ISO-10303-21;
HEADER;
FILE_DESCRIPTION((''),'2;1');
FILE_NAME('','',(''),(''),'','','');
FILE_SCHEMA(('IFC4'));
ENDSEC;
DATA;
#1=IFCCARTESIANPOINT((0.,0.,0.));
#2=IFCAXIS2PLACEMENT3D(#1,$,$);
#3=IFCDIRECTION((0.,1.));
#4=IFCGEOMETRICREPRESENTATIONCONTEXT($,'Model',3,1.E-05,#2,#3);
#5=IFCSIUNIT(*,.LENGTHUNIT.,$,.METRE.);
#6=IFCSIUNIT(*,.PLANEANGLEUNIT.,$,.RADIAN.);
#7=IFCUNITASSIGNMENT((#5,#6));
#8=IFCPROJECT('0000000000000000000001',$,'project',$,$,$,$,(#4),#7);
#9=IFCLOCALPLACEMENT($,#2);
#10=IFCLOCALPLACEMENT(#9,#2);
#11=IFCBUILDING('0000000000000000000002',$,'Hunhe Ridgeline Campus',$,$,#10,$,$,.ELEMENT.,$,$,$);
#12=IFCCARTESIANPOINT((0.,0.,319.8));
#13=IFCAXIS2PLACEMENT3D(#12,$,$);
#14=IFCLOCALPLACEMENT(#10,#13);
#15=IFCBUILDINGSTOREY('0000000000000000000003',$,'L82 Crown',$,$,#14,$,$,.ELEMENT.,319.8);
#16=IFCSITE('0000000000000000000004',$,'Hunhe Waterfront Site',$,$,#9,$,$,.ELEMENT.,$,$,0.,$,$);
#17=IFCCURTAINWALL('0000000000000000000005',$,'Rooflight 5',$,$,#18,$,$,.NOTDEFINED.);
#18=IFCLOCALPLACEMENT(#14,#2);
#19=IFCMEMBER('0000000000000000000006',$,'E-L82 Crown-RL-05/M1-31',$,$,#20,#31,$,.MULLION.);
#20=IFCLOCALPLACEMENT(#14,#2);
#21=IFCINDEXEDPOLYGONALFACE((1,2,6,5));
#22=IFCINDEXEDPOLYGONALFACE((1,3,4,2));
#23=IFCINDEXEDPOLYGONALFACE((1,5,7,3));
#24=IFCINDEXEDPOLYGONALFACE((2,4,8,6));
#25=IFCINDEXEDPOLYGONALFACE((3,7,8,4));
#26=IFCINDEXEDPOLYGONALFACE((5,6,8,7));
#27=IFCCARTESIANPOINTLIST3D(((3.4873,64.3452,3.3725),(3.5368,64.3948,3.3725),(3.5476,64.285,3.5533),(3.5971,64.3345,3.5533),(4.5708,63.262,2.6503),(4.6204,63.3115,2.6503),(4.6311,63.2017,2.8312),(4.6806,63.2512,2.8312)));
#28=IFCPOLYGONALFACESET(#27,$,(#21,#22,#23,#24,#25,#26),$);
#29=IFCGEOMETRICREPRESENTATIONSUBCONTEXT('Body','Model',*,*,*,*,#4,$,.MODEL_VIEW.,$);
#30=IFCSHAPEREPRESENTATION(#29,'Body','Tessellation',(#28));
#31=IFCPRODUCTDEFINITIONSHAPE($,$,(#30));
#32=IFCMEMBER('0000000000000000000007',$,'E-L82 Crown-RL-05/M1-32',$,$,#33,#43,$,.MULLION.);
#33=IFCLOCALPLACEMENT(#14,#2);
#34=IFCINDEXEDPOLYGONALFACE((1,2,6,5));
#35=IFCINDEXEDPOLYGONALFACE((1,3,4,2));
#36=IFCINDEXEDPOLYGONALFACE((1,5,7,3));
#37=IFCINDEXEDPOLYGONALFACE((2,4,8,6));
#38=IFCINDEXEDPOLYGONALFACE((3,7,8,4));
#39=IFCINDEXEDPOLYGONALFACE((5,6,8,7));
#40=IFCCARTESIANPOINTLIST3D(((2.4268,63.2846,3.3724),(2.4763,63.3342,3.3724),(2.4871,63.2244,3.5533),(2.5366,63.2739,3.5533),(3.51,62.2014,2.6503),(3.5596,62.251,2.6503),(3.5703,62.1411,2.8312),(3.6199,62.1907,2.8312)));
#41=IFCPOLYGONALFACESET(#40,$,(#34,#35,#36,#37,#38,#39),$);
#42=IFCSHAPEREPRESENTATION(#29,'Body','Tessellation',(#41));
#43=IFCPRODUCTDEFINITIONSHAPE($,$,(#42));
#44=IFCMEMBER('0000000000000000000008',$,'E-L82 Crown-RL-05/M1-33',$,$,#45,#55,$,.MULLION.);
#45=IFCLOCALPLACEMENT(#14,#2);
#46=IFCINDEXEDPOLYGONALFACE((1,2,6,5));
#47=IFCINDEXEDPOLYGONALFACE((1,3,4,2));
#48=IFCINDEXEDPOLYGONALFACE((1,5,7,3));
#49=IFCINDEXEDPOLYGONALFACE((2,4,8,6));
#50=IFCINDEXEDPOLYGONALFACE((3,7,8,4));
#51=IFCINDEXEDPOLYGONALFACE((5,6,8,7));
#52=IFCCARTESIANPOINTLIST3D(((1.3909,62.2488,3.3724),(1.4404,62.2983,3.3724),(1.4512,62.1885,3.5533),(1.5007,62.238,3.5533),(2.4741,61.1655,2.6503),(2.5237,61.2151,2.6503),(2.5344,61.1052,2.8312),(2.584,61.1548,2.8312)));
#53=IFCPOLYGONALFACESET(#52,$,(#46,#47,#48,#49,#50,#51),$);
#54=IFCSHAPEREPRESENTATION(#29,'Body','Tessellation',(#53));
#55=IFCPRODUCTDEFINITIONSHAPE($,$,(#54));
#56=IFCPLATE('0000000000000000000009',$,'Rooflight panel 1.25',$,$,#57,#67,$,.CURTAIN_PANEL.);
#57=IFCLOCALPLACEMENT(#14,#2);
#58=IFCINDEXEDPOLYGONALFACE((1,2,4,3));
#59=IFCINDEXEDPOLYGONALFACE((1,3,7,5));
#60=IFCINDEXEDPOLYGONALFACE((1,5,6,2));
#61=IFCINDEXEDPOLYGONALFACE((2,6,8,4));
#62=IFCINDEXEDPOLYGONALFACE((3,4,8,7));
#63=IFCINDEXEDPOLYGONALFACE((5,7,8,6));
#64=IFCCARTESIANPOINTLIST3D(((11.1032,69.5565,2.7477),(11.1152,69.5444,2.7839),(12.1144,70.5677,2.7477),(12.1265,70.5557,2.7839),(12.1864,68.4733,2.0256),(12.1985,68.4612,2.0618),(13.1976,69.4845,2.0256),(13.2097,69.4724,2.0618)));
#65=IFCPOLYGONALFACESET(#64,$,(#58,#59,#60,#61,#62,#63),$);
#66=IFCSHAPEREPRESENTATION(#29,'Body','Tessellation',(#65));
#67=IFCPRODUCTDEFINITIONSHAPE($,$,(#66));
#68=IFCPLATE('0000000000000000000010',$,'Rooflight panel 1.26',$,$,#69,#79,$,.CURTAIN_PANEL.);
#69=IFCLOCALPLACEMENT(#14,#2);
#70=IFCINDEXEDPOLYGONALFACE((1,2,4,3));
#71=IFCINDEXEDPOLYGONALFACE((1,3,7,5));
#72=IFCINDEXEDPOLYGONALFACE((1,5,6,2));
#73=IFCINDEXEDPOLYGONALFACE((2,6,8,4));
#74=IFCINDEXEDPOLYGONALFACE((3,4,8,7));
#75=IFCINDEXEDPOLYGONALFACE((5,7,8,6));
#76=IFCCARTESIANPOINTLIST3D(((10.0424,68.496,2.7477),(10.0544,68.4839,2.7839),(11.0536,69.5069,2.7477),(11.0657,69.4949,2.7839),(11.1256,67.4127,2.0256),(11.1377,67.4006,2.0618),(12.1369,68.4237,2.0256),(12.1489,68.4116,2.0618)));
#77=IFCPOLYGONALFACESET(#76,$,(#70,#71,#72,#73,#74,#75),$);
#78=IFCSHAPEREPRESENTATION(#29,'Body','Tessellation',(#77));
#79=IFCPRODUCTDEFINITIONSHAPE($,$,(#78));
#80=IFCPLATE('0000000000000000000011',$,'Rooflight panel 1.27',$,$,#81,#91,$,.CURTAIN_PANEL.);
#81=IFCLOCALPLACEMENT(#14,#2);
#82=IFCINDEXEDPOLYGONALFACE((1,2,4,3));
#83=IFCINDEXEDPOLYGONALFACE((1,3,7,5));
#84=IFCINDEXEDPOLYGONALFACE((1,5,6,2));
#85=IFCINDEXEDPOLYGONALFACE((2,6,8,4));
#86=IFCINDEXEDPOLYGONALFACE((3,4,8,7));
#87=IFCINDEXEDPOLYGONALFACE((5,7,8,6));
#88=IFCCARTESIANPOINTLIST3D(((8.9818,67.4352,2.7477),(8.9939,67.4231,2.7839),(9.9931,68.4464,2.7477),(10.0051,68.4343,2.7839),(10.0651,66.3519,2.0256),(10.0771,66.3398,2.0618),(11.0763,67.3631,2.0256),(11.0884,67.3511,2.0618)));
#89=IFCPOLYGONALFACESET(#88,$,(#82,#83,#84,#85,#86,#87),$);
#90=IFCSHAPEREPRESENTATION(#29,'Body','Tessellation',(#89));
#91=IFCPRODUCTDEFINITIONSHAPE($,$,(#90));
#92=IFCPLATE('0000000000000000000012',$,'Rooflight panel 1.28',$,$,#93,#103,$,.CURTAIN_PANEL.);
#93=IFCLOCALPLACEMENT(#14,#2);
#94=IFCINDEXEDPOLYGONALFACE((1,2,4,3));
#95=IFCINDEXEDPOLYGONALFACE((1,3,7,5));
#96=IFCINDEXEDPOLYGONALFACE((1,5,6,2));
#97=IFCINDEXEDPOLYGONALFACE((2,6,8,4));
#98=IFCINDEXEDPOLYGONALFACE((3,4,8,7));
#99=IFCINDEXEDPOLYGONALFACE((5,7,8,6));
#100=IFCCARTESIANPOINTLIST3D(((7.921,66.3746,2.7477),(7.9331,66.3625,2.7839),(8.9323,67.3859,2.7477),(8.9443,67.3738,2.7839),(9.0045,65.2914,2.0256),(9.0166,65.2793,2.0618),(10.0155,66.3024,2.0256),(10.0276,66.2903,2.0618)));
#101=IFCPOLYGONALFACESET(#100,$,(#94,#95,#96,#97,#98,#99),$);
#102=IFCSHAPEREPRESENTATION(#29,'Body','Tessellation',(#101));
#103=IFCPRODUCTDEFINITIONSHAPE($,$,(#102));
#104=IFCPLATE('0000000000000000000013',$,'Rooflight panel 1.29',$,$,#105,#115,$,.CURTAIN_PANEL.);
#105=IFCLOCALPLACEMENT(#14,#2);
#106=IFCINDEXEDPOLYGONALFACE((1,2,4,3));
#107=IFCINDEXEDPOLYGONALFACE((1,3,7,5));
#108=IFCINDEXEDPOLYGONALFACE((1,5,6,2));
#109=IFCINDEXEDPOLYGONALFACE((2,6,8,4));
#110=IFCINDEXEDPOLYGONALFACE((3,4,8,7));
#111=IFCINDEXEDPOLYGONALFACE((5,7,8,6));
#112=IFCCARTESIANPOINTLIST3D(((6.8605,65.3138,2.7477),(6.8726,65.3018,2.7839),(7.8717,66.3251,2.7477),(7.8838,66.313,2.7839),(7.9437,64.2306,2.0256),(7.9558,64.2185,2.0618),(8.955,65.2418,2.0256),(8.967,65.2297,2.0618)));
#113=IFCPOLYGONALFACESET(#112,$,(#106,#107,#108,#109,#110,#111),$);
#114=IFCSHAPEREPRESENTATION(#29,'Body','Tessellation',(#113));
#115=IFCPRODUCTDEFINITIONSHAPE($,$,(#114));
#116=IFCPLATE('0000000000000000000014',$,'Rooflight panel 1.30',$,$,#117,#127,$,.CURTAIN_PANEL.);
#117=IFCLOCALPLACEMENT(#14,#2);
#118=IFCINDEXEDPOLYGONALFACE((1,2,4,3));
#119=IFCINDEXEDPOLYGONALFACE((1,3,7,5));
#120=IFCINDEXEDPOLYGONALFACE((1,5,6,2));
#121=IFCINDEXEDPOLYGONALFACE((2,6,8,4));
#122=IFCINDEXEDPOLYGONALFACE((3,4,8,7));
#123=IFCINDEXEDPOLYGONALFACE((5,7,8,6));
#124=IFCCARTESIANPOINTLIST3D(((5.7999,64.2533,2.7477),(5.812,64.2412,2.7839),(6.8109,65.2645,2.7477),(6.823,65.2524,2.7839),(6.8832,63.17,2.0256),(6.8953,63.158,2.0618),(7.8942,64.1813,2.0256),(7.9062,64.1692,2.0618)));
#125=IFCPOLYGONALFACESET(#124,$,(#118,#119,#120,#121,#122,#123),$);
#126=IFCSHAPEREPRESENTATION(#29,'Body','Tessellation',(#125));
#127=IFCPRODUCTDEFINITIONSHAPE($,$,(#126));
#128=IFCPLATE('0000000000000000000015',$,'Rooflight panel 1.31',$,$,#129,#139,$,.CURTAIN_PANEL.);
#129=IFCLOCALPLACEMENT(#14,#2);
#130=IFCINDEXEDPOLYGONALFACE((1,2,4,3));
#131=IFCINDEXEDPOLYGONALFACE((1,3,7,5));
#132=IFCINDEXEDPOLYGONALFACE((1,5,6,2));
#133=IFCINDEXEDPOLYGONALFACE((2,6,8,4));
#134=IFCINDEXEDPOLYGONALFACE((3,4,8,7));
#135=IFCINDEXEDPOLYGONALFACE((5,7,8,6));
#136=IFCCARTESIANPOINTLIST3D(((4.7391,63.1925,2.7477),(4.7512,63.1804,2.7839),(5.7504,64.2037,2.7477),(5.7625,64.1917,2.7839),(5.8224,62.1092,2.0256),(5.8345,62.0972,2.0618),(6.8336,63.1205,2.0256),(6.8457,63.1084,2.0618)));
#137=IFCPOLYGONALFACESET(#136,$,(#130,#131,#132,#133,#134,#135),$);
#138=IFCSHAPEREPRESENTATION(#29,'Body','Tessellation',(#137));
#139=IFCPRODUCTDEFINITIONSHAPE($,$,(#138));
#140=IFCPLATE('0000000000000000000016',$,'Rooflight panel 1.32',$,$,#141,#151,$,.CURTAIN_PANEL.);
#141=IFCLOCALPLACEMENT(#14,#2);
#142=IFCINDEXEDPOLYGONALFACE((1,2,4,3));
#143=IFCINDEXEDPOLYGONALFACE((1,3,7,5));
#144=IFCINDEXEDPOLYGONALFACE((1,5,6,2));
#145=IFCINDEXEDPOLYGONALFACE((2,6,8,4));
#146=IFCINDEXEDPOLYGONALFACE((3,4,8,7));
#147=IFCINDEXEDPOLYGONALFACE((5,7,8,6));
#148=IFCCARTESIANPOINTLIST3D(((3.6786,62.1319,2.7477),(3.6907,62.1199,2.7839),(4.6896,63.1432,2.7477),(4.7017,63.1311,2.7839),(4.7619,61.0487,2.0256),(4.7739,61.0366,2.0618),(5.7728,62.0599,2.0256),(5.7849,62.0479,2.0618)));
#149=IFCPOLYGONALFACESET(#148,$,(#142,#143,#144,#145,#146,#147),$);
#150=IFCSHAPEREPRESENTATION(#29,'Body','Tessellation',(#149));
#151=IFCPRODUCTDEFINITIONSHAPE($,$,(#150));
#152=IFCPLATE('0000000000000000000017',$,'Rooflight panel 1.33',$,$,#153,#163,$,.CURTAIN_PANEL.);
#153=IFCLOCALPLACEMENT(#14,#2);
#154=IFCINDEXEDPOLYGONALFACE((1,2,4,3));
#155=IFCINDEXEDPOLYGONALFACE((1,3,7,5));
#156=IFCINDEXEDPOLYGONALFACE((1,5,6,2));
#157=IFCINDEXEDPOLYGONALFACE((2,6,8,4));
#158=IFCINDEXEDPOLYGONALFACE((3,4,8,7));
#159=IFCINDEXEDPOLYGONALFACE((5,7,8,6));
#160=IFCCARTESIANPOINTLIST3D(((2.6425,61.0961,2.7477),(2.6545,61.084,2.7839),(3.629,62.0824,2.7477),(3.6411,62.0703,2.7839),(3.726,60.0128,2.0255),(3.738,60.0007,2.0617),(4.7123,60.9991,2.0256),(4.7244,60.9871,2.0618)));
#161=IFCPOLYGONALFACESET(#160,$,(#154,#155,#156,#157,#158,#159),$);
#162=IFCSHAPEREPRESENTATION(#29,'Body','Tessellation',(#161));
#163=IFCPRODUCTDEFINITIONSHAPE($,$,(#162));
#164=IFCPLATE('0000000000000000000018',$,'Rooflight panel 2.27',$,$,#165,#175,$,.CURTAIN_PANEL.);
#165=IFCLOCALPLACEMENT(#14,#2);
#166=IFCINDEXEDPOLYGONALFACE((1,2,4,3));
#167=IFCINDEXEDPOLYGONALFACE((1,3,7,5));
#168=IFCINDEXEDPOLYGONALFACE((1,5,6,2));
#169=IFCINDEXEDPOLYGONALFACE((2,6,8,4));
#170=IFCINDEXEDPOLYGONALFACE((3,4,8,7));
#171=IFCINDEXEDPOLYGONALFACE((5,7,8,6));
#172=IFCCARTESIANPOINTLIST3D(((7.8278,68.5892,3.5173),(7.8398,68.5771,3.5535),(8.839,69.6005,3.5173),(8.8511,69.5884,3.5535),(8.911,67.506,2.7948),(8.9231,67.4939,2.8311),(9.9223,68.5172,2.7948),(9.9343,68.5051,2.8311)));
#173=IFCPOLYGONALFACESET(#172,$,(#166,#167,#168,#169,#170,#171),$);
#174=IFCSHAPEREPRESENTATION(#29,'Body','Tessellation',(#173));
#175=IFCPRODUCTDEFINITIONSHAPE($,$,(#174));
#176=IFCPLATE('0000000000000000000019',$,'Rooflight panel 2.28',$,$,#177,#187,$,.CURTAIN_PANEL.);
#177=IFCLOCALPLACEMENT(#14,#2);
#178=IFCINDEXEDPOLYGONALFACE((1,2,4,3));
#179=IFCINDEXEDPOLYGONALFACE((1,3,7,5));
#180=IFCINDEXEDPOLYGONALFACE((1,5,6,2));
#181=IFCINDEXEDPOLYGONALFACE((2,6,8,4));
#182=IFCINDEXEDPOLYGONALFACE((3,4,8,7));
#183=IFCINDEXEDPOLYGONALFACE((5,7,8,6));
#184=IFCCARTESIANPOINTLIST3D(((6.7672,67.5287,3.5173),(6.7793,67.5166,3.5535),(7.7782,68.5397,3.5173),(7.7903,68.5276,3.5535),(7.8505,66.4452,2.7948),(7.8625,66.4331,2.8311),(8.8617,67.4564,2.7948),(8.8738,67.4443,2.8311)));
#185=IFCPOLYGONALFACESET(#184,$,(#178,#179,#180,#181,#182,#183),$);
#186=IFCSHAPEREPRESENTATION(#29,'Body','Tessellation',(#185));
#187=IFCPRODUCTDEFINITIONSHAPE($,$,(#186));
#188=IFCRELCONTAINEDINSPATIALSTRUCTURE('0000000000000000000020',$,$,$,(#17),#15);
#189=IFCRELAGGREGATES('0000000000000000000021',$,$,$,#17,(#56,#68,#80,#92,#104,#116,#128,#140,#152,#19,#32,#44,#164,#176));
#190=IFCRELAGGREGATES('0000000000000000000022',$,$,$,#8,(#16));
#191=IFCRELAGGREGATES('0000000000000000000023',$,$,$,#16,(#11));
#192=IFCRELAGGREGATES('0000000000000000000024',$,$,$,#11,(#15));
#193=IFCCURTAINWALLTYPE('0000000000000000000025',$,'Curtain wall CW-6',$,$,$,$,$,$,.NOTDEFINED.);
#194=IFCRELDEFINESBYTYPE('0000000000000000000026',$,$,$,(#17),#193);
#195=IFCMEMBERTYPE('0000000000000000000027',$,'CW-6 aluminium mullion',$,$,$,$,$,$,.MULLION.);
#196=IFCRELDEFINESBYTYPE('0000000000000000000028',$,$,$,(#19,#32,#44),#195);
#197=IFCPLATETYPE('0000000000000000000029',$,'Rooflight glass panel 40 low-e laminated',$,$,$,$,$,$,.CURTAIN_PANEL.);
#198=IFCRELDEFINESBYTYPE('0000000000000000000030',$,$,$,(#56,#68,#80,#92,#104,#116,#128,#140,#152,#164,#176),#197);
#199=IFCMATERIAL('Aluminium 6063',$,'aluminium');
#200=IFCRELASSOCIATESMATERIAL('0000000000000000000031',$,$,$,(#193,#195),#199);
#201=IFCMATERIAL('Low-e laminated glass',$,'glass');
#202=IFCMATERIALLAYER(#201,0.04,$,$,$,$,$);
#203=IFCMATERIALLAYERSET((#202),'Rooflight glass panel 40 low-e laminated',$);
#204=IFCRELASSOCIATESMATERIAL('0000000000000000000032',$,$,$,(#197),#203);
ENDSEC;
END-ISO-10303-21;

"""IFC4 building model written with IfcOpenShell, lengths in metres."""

from ifc_helpers import new_model, si_unit, direction, frame, origin, origin_2d, place, context, subcontext, project, spatial, polyline, rectangle, outline, extrude, material, layer, layer_set, material_profile, profile_set, type_object, element, aggregate, save


model = new_model("IFC4")

# Units and contexts
model_context = context("Model", 3, precision=1e-05, world=origin(), true_north=direction((0.0, 1.0)))
body_context = subcontext(model_context, "Body", "Model", "MODEL_VIEW")
ifc_project = project(units=[si_unit("LENGTHUNIT", "METRE"), si_unit("PLANEANGLEUNIT", "RADIAN")], contexts=[model_context])

# Site, building, storey
site_placement = place(None, origin())
site = spatial("IfcSite", under=ifc_project, at=site_placement, Name="Hunhe Waterfront Site", CompositionType="ELEMENT", RefElevation=0.0)
building_placement = place(site_placement, origin())
building = spatial("IfcBuilding", under=site, at=building_placement, Name="Hunhe Ridgeline Campus", CompositionType="ELEMENT")
storey_placement = place(building_placement, frame((0.0, 0.0, 319.8)))
storey = spatial("IfcBuildingStorey", under=building, at=storey_placement, Name="L82 Crown", CompositionType="ELEMENT", Elevation=319.8)

# Curtain wall, members
ifc_material_1 = material(Name="Aluminium 6063", Category="aluminium")
curtain_wall_type = type_object("IfcCurtainWallType", Name="Curtain wall CW-6", PredefinedType="NOTDEFINED", material=ifc_material_1)
curtain_wall_placement = place(storey_placement, origin())
curtain_wall = element("IfcCurtainWall", 1, at=curtain_wall_placement, inside=storey, type_object=curtain_wall_type, Name="Rooflight 5", PredefinedType="NOTDEFINED")
ifc_material_profile = material_profile(ifc_material_1, rectangle(XDim=0.0701, YDim=0.2, at=origin_2d()))
ifc_profile_set = profile_set([ifc_material_profile], Name="Aluminium 6063")
member_type = type_object("IfcMemberType", Name="CW-6 aluminium mullion", PredefinedType="MULLION", material=ifc_profile_set)
member_1_placement = place(storey_placement, frame((4.6257, 63.2566, 2.7407), z_axis=(-0.639687, 0.639543, 0.426362), x_axis=(-0.707027, -0.707186, 0.0)))
member_1 = element("IfcMember", 2, at=member_1_placement, type_object=member_type, Name="E-L82 Crown-RL-05/M1-31", PredefinedType="MULLION", context=body_context, shape_type="SweptSolid", body=[
    extrude(rectangle(XDim=0.0701, YDim=0.2, at=origin_2d()), origin(), (0.0, 0.0, 1.0), 1.6938),
])
member_2_placement = place(storey_placement, frame((3.5649, 62.196, 2.7407), z_axis=(-0.639602, 0.639602, 0.426401), x_axis=(-0.707107, -0.707107, 0.0)))
member_2 = element("IfcMember", 3, at=member_2_placement, type_object=member_type, Name="E-L82 Crown-RL-05/M1-32", PredefinedType="MULLION", context=body_context, shape_type="SweptSolid", body=[
    extrude(rectangle(XDim=0.0701, YDim=0.2, at=origin_2d()), origin(), (0.0, 0.0, 1.0), 1.6936),
])
member_3_placement = place(storey_placement, frame((2.5291, 61.1602, 2.7407), z_axis=(-0.639602, 0.639602, 0.426401), x_axis=(-0.707107, -0.707107, 0.0)))
member_3 = element("IfcMember", 4, at=member_3_placement, type_object=member_type, Name="E-L82 Crown-RL-05/M1-33", PredefinedType="MULLION", context=body_context, shape_type="SweptSolid", body=[
    extrude(rectangle(XDim=0.0701, YDim=0.2, at=origin_2d()), origin(), (0.0, 0.0, 1.0), 1.6936),
])

# Plates
ifc_material_2 = material(Name="Low-e laminated glass", Category="glass")
ifc_layer_1 = layer(ifc_material_2, 0.04)
ifc_layer_set_1 = layer_set([ifc_layer_1], Name="Rooflight glass panel 40 low-e laminated")
plate_type = type_object("IfcPlateType", Name="Rooflight glass panel 40 low-e laminated", PredefinedType="CURTAIN_PANEL", material=ifc_layer_set_1)
plate_1_placement = place(storey_placement, frame((13.2097, 69.4724, 2.0618), z_axis=(0.301511, -0.301511, 0.904534), x_axis=(-0.639602, 0.639602, 0.426401)))
plate_1 = element("IfcPlate", 5, at=plate_1_placement, type_object=plate_type, Name="Rooflight panel 1.25", PredefinedType="CURTAIN_PANEL", context=body_context, shape_type="SweptSolid", body=[
    extrude(outline(polyline([(0.0, 0.0), (1.6936, 0.0), (1.6936, 1.4301), (0.0, 1.4301), (0.0, 0.0)])), origin(), (0.0, 0.0, -1.0), 0.04),
])
plate_2_placement = place(storey_placement, frame((12.1489, 68.4116, 2.0618), z_axis=(0.301475, -0.301548, 0.904534), x_axis=(-0.639602, 0.639602, 0.426401)))
plate_2 = element("IfcPlate", 6, at=plate_2_placement, type_object=plate_type, Name="Rooflight panel 1.26", PredefinedType="CURTAIN_PANEL", context=body_context, shape_type="SweptSolid", body=[
    extrude(outline(polyline([(0.0, 0.0), (1.6936, 0.0), (1.6938, 1.4299), (0.0002, 1.4299), (0.0, 0.0)])), origin(), (0.0, 0.0, -1.0), 0.04),
])
plate_3_placement = place(storey_placement, frame((11.0884, 67.3511, 2.0618), z_axis=(0.301511, -0.301511, 0.904534), x_axis=(-0.639602, 0.639602, 0.426401)))
plate_3 = element("IfcPlate", 7, at=plate_3_placement, type_object=plate_type, Name="Rooflight panel 1.27", PredefinedType="CURTAIN_PANEL", context=body_context, shape_type="SweptSolid", body=[
    extrude(outline(polyline([(0.0, 0.0), (1.6936, 0.0), (1.6936, 1.4301), (0.0, 1.4301), (0.0, 0.0)])), origin(), (0.0, 0.0, -1.0), 0.04),
])
plate_4_placement = place(storey_placement, frame((10.0276, 66.2903, 2.0618), z_axis=(0.301484, -0.301484, 0.904553), x_axis=(-0.639543, 0.639687, 0.426362)))
plate_4 = element("IfcPlate", 8, at=plate_4_placement, type_object=plate_type, Name="Rooflight panel 1.28", PredefinedType="CURTAIN_PANEL", context=body_context, shape_type="SweptSolid", body=[
    extrude(outline(polyline([(0.0, 0.0), (1.6938, 0.0), (1.6936, 1.4301), (-0.0001, 1.4298), (0.0, 0.0)])), origin(), (0.0, 0.0, -1.0), 0.04),
])
plate_5_placement = place(storey_placement, frame((8.967, 65.2297, 2.0618), z_axis=(0.301511, -0.301511, 0.904534), x_axis=(-0.639602, 0.639602, 0.426401)))
plate_5 = element("IfcPlate", 9, at=plate_5_placement, type_object=plate_type, Name="Rooflight panel 1.29", PredefinedType="CURTAIN_PANEL", context=body_context, shape_type="SweptSolid", body=[
    extrude(outline(polyline([(0.0, 0.0), (1.6936, 0.0), (1.6936, 1.4301), (0.0, 1.4301), (0.0, 0.0)])), origin(), (0.0, 0.0, -1.0), 0.04),
])
plate_6_placement = place(storey_placement, frame((7.9062, 64.1692, 2.0618), z_axis=(0.301548, -0.301475, 0.904534), x_axis=(-0.639602, 0.639602, 0.426401)))
plate_6 = element("IfcPlate", 10, at=plate_6_placement, type_object=plate_type, Name="Rooflight panel 1.30", PredefinedType="CURTAIN_PANEL", context=body_context, shape_type="SweptSolid", body=[
    extrude(outline(polyline([(0.0, 0.0), (1.6936, 0.0), (1.6935, 1.4299), (-0.0002, 1.4299), (0.0, 0.0)])), origin(), (0.0, 0.0, -1.0), 0.04),
])
plate_7_placement = place(storey_placement, frame((6.8457, 63.1084, 2.0618), z_axis=(0.301511, -0.301511, 0.904534), x_axis=(-0.639602, 0.639602, 0.426401)))
plate_7 = element("IfcPlate", 11, at=plate_7_placement, type_object=plate_type, Name="Rooflight panel 1.31", PredefinedType="CURTAIN_PANEL", context=body_context, shape_type="SweptSolid", body=[
    extrude(outline(polyline([(0.0, 0.0), (1.6936, 0.0), (1.6936, 1.4301), (0.0, 1.4301), (0.0, 0.0)])), origin(), (0.0, 0.0, -1.0), 0.04),
])
plate_8_placement = place(storey_placement, frame((5.7849, 62.0479, 2.0618), z_axis=(0.301548, -0.301475, 0.904534), x_axis=(-0.639602, 0.639602, 0.426401)))
plate_8 = element("IfcPlate", 12, at=plate_8_placement, type_object=plate_type, Name="Rooflight panel 1.32", PredefinedType="CURTAIN_PANEL", context=body_context, shape_type="SweptSolid", body=[
    extrude(outline(polyline([(0.0, 0.0), (1.6936, 0.0), (1.6935, 1.4299), (-0.0002, 1.4299), (0.0, 0.0)])), origin(), (0.0, 0.0, -1.0), 0.04),
])
plate_9_placement = place(storey_placement, frame((4.7244, 60.9871, 2.0618), z_axis=(0.301479, -0.301516, 0.904543), x_axis=(-0.639609, 0.639609, 0.426382)))
plate_9 = element("IfcPlate", 13, at=plate_9_placement, type_object=plate_type, Name="Rooflight panel 1.33", PredefinedType="CURTAIN_PANEL", context=body_context, shape_type="SweptSolid", body=[
    extrude(outline(polyline([(0.0, 0.0), (1.6936, 0.0), (1.6938, 1.3951), (0.0, 1.3949), (0.0, 0.0)])), origin(), (0.0, 0.0, -1.0), 0.04),
])
plate_10_placement = place(storey_placement, frame((9.9343, 68.5051, 2.8311), z_axis=(0.301595, -0.301595, 0.904478), x_axis=(-0.639563, 0.639563, 0.426519)))
plate_10 = element("IfcPlate", 14, at=plate_10_placement, type_object=plate_type, Name="Rooflight panel 2.27", PredefinedType="CURTAIN_PANEL", context=body_context, shape_type="SweptSolid", body=[
    extrude(outline(polyline([(0.0, 0.0), (1.6937, 0.0), (1.6937, 1.4301), (0.0, 1.4301), (0.0, 0.0)])), origin(), (0.0, 0.0, -1.0), 0.04),
])
plate_11_placement = place(storey_placement, frame((8.8738, 67.4443, 2.8311), z_axis=(0.301567, -0.301567, 0.904497), x_axis=(-0.639648, 0.639504, 0.42648)))
plate_11 = element("IfcPlate", 15, at=plate_11_placement, type_object=plate_type, Name="Rooflight panel 2.28", PredefinedType="CURTAIN_PANEL", context=body_context, shape_type="SweptSolid", body=[
    extrude(outline(polyline([(0.0, 0.0), (1.6939, 0.0), (1.694, 1.4298), (0.0001, 1.4301), (0.0, 0.0)])), origin(), (0.0, 0.0, -1.0), 0.04),
])
aggregate(curtain_wall, [plate_1, plate_2, plate_3, plate_4, plate_5, plate_6, plate_7, plate_8, plate_9, member_1, member_2, member_3, plate_10, plate_11])

save(model, "model.ifc")
